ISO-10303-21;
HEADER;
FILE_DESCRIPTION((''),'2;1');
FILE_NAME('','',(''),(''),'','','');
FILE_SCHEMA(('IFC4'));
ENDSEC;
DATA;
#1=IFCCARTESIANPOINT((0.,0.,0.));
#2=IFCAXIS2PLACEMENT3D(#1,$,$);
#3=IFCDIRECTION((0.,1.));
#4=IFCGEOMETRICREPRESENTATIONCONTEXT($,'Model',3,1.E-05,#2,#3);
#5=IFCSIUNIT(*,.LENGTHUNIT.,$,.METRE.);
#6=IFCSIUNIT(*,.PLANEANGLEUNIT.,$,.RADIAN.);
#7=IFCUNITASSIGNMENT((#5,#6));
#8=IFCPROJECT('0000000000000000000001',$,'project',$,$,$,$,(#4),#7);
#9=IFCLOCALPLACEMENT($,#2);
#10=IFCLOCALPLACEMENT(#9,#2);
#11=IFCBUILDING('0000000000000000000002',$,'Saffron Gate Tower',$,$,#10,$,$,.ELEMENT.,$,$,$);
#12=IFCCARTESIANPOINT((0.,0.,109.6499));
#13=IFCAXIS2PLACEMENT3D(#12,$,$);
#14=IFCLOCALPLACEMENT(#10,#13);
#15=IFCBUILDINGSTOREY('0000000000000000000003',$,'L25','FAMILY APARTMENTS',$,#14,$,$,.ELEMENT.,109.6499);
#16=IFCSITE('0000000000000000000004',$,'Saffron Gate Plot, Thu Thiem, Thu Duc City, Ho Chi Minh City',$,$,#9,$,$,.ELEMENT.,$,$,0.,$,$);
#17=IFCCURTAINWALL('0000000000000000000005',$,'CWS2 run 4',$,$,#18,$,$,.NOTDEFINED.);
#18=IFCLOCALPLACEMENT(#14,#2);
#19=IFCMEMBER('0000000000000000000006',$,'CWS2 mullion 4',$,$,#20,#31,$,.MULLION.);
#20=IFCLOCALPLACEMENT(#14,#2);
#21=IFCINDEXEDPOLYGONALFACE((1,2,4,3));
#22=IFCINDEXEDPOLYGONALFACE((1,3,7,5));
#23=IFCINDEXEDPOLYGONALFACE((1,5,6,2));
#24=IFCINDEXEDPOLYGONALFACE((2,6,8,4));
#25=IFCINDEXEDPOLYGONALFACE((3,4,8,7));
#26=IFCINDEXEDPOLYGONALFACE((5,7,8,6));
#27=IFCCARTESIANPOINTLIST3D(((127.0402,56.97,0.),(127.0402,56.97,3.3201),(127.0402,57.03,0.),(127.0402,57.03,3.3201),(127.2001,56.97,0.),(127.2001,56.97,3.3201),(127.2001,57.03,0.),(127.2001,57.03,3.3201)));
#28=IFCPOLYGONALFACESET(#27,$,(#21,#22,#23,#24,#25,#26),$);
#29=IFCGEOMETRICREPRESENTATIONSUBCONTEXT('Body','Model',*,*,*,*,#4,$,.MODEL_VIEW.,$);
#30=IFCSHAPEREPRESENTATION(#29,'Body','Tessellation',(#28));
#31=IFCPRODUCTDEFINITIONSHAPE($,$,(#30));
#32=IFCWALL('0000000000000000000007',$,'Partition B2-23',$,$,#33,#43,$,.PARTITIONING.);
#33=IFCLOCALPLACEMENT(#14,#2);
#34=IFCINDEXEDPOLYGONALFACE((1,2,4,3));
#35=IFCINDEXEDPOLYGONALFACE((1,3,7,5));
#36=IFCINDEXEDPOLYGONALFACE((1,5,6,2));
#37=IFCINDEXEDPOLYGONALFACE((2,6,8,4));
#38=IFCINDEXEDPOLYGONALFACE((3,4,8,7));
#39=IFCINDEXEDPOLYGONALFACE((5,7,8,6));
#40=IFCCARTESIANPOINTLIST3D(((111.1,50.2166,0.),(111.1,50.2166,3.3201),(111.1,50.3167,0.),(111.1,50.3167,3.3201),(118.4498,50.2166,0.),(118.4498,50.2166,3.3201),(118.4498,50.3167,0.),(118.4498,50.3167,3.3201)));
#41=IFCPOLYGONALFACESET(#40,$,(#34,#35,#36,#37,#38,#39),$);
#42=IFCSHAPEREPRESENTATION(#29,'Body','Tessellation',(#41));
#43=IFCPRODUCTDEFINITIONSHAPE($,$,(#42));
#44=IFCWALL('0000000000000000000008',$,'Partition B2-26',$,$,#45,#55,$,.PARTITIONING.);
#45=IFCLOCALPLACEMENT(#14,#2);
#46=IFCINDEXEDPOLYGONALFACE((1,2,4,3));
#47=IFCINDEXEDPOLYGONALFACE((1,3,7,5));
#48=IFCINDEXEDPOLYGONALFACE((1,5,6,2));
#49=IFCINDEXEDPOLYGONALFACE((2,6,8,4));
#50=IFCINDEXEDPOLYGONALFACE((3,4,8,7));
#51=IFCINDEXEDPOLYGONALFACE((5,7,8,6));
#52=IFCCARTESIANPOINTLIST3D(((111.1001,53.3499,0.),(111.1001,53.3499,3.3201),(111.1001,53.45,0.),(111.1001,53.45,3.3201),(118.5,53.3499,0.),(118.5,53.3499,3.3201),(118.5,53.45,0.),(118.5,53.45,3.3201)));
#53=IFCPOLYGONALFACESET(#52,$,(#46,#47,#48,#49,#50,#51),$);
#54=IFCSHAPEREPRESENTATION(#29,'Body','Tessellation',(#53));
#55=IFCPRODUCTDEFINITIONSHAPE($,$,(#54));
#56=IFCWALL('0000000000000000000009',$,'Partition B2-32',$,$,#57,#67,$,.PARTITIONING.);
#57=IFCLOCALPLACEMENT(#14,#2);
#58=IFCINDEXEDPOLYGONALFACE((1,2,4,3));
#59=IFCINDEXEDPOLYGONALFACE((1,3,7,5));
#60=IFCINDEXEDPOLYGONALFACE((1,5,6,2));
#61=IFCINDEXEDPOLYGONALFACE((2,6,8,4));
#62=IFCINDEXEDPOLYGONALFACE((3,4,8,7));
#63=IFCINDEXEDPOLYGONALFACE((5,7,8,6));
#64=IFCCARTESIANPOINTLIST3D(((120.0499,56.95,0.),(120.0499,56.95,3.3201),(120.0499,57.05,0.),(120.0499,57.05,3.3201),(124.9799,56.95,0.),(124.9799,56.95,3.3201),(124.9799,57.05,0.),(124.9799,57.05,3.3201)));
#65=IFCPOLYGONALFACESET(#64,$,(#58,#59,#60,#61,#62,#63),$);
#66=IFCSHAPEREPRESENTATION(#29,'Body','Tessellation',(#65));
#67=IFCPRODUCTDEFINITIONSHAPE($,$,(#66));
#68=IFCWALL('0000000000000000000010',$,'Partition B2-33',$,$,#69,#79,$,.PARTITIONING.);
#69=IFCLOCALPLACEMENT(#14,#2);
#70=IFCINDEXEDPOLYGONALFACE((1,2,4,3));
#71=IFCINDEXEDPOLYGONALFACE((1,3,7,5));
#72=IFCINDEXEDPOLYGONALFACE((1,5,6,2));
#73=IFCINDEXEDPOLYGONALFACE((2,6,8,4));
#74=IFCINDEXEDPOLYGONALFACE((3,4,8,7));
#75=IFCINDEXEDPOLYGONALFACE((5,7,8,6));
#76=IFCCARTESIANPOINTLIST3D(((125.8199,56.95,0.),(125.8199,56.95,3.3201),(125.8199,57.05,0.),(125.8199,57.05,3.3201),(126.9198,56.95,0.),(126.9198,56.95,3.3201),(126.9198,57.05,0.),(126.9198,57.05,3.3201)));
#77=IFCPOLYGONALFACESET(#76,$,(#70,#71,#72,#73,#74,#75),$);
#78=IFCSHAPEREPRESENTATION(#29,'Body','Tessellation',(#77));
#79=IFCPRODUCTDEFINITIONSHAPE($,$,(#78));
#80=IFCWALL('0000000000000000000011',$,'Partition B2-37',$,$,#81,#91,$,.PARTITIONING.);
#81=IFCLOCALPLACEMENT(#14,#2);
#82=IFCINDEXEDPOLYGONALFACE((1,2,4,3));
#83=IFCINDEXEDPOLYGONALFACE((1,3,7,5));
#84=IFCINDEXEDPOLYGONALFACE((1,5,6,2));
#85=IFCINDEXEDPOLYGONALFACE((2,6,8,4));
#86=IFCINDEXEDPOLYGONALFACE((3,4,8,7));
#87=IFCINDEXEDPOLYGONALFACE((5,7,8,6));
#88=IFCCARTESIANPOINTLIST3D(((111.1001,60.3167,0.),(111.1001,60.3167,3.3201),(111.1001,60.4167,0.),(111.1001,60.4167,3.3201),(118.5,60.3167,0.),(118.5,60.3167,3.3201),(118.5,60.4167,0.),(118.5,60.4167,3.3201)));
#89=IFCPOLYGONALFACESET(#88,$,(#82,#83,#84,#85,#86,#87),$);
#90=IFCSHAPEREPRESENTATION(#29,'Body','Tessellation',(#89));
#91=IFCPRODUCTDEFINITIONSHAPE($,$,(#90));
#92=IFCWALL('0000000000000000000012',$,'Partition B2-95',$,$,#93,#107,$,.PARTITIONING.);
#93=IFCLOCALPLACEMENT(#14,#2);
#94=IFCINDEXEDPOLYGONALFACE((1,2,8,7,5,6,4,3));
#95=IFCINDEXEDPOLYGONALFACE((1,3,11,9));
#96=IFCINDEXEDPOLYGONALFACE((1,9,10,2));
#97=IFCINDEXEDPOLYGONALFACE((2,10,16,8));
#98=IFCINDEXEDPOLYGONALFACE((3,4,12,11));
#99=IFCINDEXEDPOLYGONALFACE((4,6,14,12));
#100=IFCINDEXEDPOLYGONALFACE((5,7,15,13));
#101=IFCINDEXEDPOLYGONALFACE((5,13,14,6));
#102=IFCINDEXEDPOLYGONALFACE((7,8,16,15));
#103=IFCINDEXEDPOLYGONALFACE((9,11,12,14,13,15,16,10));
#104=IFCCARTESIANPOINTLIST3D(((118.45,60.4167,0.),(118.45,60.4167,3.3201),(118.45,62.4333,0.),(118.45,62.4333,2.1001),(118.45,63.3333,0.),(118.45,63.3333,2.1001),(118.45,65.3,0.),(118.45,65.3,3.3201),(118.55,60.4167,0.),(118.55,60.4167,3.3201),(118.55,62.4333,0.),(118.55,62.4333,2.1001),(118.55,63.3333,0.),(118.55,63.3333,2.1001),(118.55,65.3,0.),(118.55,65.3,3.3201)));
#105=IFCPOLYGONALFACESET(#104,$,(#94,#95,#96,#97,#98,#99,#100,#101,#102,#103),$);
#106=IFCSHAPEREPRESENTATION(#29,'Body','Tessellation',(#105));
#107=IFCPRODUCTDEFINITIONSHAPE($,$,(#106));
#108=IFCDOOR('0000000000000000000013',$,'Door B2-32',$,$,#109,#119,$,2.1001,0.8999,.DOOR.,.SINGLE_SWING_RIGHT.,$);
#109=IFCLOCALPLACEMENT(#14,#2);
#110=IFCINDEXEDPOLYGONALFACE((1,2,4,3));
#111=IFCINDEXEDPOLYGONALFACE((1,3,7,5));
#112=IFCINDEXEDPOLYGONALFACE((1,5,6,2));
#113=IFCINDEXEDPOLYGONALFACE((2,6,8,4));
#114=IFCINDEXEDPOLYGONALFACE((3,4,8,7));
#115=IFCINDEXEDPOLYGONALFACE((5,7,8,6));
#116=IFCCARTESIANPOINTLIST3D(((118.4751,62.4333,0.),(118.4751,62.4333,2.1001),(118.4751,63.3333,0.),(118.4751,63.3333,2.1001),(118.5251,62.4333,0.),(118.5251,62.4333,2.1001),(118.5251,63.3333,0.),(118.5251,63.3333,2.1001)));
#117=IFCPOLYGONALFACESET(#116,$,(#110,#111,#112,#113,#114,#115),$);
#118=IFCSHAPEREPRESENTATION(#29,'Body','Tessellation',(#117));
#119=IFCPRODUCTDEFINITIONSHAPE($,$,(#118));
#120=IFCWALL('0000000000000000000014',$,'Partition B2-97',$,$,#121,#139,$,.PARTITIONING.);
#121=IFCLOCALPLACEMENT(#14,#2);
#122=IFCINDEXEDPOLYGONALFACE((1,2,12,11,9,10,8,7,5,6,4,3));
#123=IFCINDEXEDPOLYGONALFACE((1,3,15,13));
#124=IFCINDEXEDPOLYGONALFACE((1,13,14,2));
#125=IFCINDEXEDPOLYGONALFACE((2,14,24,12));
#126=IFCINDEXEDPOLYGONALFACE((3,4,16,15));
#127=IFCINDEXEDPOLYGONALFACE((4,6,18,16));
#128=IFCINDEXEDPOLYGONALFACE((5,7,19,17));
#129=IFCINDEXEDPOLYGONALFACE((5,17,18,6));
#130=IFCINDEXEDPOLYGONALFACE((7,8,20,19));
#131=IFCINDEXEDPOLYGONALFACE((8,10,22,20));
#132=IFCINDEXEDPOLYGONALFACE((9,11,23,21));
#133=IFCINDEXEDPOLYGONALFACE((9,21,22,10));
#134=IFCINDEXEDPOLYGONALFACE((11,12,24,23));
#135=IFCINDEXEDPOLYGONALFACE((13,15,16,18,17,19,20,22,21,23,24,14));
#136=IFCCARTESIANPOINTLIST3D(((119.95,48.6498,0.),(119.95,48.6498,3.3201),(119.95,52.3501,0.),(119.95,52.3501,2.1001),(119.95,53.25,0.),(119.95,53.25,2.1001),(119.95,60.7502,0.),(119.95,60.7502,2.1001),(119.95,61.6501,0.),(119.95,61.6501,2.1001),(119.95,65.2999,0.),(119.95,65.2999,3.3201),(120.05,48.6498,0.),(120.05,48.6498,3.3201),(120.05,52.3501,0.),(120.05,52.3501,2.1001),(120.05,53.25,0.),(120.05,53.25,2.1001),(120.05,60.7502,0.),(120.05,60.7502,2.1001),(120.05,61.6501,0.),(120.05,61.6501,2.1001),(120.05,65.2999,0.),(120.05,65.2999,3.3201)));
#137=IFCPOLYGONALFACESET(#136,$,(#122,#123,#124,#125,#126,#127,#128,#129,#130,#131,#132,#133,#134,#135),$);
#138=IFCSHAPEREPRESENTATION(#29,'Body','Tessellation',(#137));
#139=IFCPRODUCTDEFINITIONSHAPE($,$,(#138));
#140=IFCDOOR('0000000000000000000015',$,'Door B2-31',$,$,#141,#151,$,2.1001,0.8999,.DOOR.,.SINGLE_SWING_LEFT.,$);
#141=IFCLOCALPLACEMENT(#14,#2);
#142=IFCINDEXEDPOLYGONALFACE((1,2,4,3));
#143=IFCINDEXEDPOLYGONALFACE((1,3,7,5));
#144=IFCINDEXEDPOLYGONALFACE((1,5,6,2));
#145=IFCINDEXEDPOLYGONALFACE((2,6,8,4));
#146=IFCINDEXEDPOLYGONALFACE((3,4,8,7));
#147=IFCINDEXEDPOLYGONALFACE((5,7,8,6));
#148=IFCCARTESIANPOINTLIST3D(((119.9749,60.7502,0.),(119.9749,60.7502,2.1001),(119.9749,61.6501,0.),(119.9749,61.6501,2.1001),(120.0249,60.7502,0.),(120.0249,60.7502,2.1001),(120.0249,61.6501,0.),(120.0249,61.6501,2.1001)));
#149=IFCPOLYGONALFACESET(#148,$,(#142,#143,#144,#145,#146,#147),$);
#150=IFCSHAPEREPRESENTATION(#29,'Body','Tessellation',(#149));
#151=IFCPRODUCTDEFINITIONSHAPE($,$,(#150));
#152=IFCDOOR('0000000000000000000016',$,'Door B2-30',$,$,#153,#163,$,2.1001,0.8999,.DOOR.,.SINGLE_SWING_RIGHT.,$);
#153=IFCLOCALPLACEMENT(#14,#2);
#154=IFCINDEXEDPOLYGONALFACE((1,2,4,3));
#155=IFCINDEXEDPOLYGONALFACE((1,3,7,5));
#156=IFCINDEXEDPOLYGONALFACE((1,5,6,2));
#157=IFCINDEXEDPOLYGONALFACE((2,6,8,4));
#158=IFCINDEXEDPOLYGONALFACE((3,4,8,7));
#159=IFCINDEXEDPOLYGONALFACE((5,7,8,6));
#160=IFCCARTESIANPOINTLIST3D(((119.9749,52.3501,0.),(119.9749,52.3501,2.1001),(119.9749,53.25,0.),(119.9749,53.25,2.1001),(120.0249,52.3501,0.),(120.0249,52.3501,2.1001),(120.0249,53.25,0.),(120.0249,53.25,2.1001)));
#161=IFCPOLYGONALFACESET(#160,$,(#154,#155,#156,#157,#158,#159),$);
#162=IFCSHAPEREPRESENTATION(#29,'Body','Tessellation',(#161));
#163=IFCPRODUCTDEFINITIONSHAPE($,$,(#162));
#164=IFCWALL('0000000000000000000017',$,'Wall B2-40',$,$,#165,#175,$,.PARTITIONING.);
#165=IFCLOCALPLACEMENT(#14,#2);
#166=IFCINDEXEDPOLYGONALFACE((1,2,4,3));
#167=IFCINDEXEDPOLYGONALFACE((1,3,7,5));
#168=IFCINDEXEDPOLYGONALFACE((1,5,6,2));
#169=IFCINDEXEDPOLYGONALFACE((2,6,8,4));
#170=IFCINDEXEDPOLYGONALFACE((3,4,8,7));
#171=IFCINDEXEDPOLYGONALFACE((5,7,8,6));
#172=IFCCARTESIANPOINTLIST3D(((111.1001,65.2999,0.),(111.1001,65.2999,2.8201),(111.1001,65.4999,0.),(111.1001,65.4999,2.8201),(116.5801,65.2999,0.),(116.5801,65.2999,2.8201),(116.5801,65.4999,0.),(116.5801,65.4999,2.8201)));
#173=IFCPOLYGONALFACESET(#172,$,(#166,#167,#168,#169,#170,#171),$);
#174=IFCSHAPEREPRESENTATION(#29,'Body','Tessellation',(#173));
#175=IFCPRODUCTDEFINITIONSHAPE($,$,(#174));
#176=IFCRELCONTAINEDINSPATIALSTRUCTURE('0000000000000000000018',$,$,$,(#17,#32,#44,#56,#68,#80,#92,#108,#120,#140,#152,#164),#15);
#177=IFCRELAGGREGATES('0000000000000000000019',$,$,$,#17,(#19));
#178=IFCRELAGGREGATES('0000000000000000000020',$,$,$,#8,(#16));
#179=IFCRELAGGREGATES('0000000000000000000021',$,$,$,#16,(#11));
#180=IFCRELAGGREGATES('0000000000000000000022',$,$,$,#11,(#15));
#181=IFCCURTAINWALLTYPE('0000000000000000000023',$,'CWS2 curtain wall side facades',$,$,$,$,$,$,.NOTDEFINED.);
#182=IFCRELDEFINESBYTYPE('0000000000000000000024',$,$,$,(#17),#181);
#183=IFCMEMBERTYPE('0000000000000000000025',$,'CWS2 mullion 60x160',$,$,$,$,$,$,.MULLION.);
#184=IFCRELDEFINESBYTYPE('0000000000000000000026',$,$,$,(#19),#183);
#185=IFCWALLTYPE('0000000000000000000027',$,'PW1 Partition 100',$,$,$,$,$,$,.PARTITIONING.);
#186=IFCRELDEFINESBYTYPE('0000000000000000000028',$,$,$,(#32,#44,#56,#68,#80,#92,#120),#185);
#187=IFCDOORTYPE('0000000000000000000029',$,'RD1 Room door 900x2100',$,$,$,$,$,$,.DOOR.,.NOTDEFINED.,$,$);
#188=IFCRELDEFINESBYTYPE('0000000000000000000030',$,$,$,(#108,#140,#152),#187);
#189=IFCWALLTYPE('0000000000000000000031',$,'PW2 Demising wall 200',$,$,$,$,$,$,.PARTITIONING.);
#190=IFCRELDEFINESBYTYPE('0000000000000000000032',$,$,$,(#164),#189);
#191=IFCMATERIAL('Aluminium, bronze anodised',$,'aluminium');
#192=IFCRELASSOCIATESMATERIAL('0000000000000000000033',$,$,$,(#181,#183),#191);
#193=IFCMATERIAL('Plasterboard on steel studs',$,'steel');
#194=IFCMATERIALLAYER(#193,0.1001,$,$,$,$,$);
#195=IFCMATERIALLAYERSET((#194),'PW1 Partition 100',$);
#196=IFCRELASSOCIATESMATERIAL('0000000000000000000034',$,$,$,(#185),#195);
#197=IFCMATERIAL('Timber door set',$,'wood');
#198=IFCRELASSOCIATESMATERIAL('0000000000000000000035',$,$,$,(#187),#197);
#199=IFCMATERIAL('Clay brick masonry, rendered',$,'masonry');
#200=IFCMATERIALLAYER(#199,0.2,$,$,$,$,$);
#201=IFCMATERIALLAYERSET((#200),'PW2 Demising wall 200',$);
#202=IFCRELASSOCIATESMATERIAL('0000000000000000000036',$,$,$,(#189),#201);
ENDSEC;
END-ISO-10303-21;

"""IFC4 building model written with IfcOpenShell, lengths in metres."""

from ifc_helpers import new_model, si_unit, direction, frame, frame_2d, origin, origin_2d, place, context, subcontext, project, spatial, rectangle, extrude, material, layer, layer_set, material_profile, profile_set, type_object, element, fill, aggregate, save


model = new_model("IFC4")

# Units and contexts
model_context = context("Model", 3, precision=1e-05, world=origin(), true_north=direction((0.0, 1.0)))
body_context = subcontext(model_context, "Body", "Model", "MODEL_VIEW")
ifc_project = project(units=[si_unit("LENGTHUNIT", "METRE"), si_unit("PLANEANGLEUNIT", "RADIAN")], contexts=[model_context])

# Site, building, storey
site_placement = place(None, origin())
site = spatial("IfcSite", under=ifc_project, at=site_placement, Name="Saffron Gate Plot, Thu Thiem, Thu Duc City, Ho Chi Minh City", CompositionType="ELEMENT", RefElevation=0.0)
building_placement = place(site_placement, origin())
building = spatial("IfcBuilding", under=site, at=building_placement, Name="Saffron Gate Tower", CompositionType="ELEMENT")
storey_placement = place(building_placement, frame((0.0, 0.0, 109.6499)))
storey = spatial("IfcBuildingStorey", under=building, at=storey_placement, Name="L25", Description="FAMILY APARTMENTS", CompositionType="ELEMENT", Elevation=109.6499)

# Curtain wall, member
ifc_material_1 = material(Name="Aluminium, bronze anodised", Category="aluminium")
curtain_wall_type = type_object("IfcCurtainWallType", Name="CWS2 curtain wall side facades", PredefinedType="NOTDEFINED", material=ifc_material_1)
curtain_wall_placement = place(storey_placement, origin())
curtain_wall = element("IfcCurtainWall", 1, at=curtain_wall_placement, inside=storey, type_object=curtain_wall_type, Name="CWS2 run 4", PredefinedType="NOTDEFINED")
ifc_material_profile_1 = material_profile(ifc_material_1, rectangle(XDim=0.1599, YDim=0.0601, at=origin_2d()))
ifc_profile_set_1 = profile_set([ifc_material_profile_1], Name="Aluminium, bronze anodised")
member_type = type_object("IfcMemberType", Name="CWS2 mullion 60x160", PredefinedType="MULLION", material=ifc_profile_set_1)
member_1_placement = place(storey_placement, frame((127.1201, 57.0, 0.0), z_axis=(0.0, 0.0, 1.0), x_axis=(-1.0, 0.0, 0.0)))
member_1 = element("IfcMember", 2, at=member_1_placement, type_object=member_type, Name="CWS2 mullion 4", PredefinedType="MULLION", context=body_context, shape_type="SweptSolid", body=[
    extrude(rectangle(XDim=0.1599, YDim=0.0601, at=origin_2d()), origin(), (0.0, 0.0, 1.0), 3.3201),
])
aggregate(curtain_wall, [member_1])

# Walls
ifc_material_2 = material(Name="Plasterboard on steel studs", Category="steel")
ifc_layer_1 = layer(ifc_material_2, 0.1001)
ifc_layer_set_1 = layer_set([ifc_layer_1], Name="PW1 Partition 100")
wall_type_1 = type_object("IfcWallType", Name="PW1 Partition 100", PredefinedType="PARTITIONING", material=ifc_layer_set_1)
wall_1_placement = place(storey_placement, frame((111.1001, 50.2666, 0.0), z_axis=(0.0, 0.0, 1.0), x_axis=(1.0, 0.0, 0.0)))
element("IfcWall", 3, at=wall_1_placement, inside=storey, type_object=wall_type_1, Name="Partition B2-23", PredefinedType="PARTITIONING", context=body_context, shape_type="SweptSolid", body=[
    extrude(rectangle(XDim=7.3499, YDim=0.1001, at=frame_2d((3.6748, 0.0))), origin(), (0.0, 0.0, 1.0), 3.3201),
])
wall_2_placement = place(storey_placement, frame((111.1001, 53.3999, 0.0), z_axis=(0.0, 0.0, 1.0), x_axis=(1.0, 0.0, 0.0)))
element("IfcWall", 4, at=wall_2_placement, inside=storey, type_object=wall_type_1, Name="Partition B2-26", PredefinedType="PARTITIONING", context=body_context, shape_type="SweptSolid", body=[
    extrude(rectangle(XDim=7.3999, YDim=0.1001, at=frame_2d((3.7, 0.0))), origin(), (0.0, 0.0, 1.0), 3.3201),
])
wall_3_placement = place(storey_placement, frame((120.05, 57.0, 0.0), z_axis=(0.0, 0.0, 1.0), x_axis=(1.0, 0.0, 0.0)))
element("IfcWall", 5, at=wall_3_placement, inside=storey, type_object=wall_type_1, Name="Partition B2-32", PredefinedType="PARTITIONING", context=body_context, shape_type="SweptSolid", body=[
    extrude(rectangle(XDim=4.9299, YDim=0.1001, at=frame_2d((2.4648, 0.0))), origin(), (0.0, 0.0, 1.0), 3.3201),
])
wall_4_placement = place(storey_placement, frame((125.8201, 57.0, 0.0), z_axis=(0.0, 0.0, 1.0), x_axis=(1.0, 0.0, 0.0)))
element("IfcWall", 6, at=wall_4_placement, inside=storey, type_object=wall_type_1, Name="Partition B2-33", PredefinedType="PARTITIONING", context=body_context, shape_type="SweptSolid", body=[
    extrude(rectangle(XDim=1.0999, YDim=0.1001, at=frame_2d((0.5498, 0.0))), origin(), (0.0, 0.0, 1.0), 3.3201),
])
wall_5_placement = place(storey_placement, frame((111.1001, 60.3667, 0.0), z_axis=(0.0, 0.0, 1.0), x_axis=(1.0, 0.0, 0.0)))
element("IfcWall", 7, at=wall_5_placement, inside=storey, type_object=wall_type_1, Name="Partition B2-37", PredefinedType="PARTITIONING", context=body_context, shape_type="SweptSolid", body=[
    extrude(rectangle(XDim=7.3999, YDim=0.1001, at=frame_2d((3.7, 0.0))), origin(), (0.0, 0.0, 1.0), 3.3201),
])

# Wall, opening, door
wall_6_placement = place(storey_placement, frame((118.5, 60.4167, 0.0), z_axis=(0.0, 0.0, 1.0), x_axis=(0.0, 1.0, 0.0)))
wall_6 = element("IfcWall", 8, at=wall_6_placement, inside=storey, type_object=wall_type_1, Name="Partition B2-95", PredefinedType="PARTITIONING", context=body_context, shape_type="SweptSolid", body=[
    extrude(rectangle(XDim=4.8833, YDim=0.1001, at=frame_2d((2.4417, 0.0))), origin(), (0.0, 0.0, 1.0), 3.3201),
])
opening_1_placement = place(wall_6_placement, frame((2.0166, 0.0, 0.0)))
opening_1 = element("IfcOpeningElement", 9, at=opening_1_placement, cuts=wall_6, PredefinedType="OPENING", context=body_context, shape_type="SweptSolid", body=[
    extrude(rectangle(XDim=0.8999, YDim=2.1001, at=frame_2d((0.45, 1.05))), frame((0.0, 0.0601, 0.0), z_axis=(0.0, -1.0, 0.0), x_axis=(1.0, 0.0, 0.0)), (0.0, 0.0, 1.0), 0.1201),
])
ifc_material_3 = material(Name="Timber door set", Category="wood")
door_type_1 = type_object("IfcDoorType", Name="RD1 Room door 900x2100", OperationType="NOTDEFINED", PredefinedType="DOOR", material=ifc_material_3)
door_1_placement = place(opening_1_placement, origin())
door_1 = element("IfcDoor", 10, at=door_1_placement, inside=storey, type_object=door_type_1, Name="Door B2-32", OperationType="SINGLE_SWING_RIGHT", OverallHeight=2.1001, OverallWidth=0.8999, PredefinedType="DOOR", context=body_context, shape_type="SweptSolid", body=[
    extrude(rectangle(XDim=0.8999, YDim=2.1001, at=frame_2d((0.45, 1.05))), frame((0.0, 0.0249, 0.0), z_axis=(0.0, -1.0, 0.0), x_axis=(1.0, 0.0, 0.0)), (0.0, 0.0, 1.0), 0.05),
])
fill(opening_1, door_1)

# Wall, openings, doors
wall_7_placement = place(storey_placement, frame((120.0, 65.3, 0.0), z_axis=(0.0, 0.0, 1.0), x_axis=(0.0, -1.0, 0.0)))
wall_7 = element("IfcWall", 11, at=wall_7_placement, inside=storey, type_object=wall_type_1, Name="Partition B2-97", PredefinedType="PARTITIONING", context=body_context, shape_type="SweptSolid", body=[
    extrude(rectangle(XDim=16.6501, YDim=0.1001, at=frame_2d((8.3252, 0.0))), origin(), (0.0, 0.0, 1.0), 3.3201),
])
opening_2_placement = place(wall_7_placement, frame((3.6499, 0.0, 0.0)))
opening_2 = element("IfcOpeningElement", 12, at=opening_2_placement, cuts=wall_7, PredefinedType="OPENING", context=body_context, shape_type="SweptSolid", body=[
    extrude(rectangle(XDim=0.8999, YDim=2.1001, at=frame_2d((0.45, 1.05))), frame((0.0, 0.0601, 0.0), z_axis=(0.0, -1.0, 0.0), x_axis=(1.0, 0.0, 0.0)), (0.0, 0.0, 1.0), 0.1201),
])
opening_3_placement = place(wall_7_placement, frame((12.05, 0.0, 0.0)))
opening_3 = element("IfcOpeningElement", 13, at=opening_3_placement, cuts=wall_7, PredefinedType="OPENING", context=body_context, shape_type="SweptSolid", body=[
    extrude(rectangle(XDim=0.8999, YDim=2.1001, at=frame_2d((0.45, 1.05))), frame((0.0, 0.0601, 0.0), z_axis=(0.0, -1.0, 0.0), x_axis=(1.0, 0.0, 0.0)), (0.0, 0.0, 1.0), 0.1201),
])
door_2_placement = place(opening_2_placement, origin())
door_2 = element("IfcDoor", 14, at=door_2_placement, inside=storey, type_object=door_type_1, Name="Door B2-31", OperationType="SINGLE_SWING_LEFT", OverallHeight=2.1001, OverallWidth=0.8999, PredefinedType="DOOR", context=body_context, shape_type="SweptSolid", body=[
    extrude(rectangle(XDim=0.8999, YDim=2.1001, at=frame_2d((0.45, 1.05))), frame((0.0, 0.0249, 0.0), z_axis=(0.0, -1.0, 0.0), x_axis=(1.0, 0.0, 0.0)), (0.0, 0.0, 1.0), 0.05),
])
fill(opening_2, door_2)
door_3_placement = place(opening_3_placement, origin())
door_3 = element("IfcDoor", 15, at=door_3_placement, inside=storey, type_object=door_type_1, Name="Door B2-30", OperationType="SINGLE_SWING_RIGHT", OverallHeight=2.1001, OverallWidth=0.8999, PredefinedType="DOOR", context=body_context, shape_type="SweptSolid", body=[
    extrude(rectangle(XDim=0.8999, YDim=2.1001, at=frame_2d((0.45, 1.05))), frame((0.0, 0.0249, 0.0), z_axis=(0.0, -1.0, 0.0), x_axis=(1.0, 0.0, 0.0)), (0.0, 0.0, 1.0), 0.05),
])
fill(opening_3, door_3)

# Wall
ifc_material_4 = material(Name="Clay brick masonry, rendered", Category="masonry")
ifc_layer_2 = layer(ifc_material_4, 0.2)
ifc_layer_set_2 = layer_set([ifc_layer_2], Name="PW2 Demising wall 200")
wall_type_2 = type_object("IfcWallType", Name="PW2 Demising wall 200", PredefinedType="PARTITIONING", material=ifc_layer_set_2)
wall_8_placement = place(storey_placement, frame((111.1001, 65.3999, 0.0), z_axis=(0.0, 0.0, 1.0), x_axis=(1.0, 0.0, 0.0)))
element("IfcWall", 16, at=wall_8_placement, inside=storey, type_object=wall_type_2, Name="Wall B2-40", PredefinedType="PARTITIONING", context=body_context, shape_type="SweptSolid", body=[
    extrude(rectangle(XDim=5.48, YDim=0.2, at=frame_2d((2.74, 0.0))), origin(), (0.0, 0.0, 1.0), 2.8201),
])

save(model, "model.ifc")
